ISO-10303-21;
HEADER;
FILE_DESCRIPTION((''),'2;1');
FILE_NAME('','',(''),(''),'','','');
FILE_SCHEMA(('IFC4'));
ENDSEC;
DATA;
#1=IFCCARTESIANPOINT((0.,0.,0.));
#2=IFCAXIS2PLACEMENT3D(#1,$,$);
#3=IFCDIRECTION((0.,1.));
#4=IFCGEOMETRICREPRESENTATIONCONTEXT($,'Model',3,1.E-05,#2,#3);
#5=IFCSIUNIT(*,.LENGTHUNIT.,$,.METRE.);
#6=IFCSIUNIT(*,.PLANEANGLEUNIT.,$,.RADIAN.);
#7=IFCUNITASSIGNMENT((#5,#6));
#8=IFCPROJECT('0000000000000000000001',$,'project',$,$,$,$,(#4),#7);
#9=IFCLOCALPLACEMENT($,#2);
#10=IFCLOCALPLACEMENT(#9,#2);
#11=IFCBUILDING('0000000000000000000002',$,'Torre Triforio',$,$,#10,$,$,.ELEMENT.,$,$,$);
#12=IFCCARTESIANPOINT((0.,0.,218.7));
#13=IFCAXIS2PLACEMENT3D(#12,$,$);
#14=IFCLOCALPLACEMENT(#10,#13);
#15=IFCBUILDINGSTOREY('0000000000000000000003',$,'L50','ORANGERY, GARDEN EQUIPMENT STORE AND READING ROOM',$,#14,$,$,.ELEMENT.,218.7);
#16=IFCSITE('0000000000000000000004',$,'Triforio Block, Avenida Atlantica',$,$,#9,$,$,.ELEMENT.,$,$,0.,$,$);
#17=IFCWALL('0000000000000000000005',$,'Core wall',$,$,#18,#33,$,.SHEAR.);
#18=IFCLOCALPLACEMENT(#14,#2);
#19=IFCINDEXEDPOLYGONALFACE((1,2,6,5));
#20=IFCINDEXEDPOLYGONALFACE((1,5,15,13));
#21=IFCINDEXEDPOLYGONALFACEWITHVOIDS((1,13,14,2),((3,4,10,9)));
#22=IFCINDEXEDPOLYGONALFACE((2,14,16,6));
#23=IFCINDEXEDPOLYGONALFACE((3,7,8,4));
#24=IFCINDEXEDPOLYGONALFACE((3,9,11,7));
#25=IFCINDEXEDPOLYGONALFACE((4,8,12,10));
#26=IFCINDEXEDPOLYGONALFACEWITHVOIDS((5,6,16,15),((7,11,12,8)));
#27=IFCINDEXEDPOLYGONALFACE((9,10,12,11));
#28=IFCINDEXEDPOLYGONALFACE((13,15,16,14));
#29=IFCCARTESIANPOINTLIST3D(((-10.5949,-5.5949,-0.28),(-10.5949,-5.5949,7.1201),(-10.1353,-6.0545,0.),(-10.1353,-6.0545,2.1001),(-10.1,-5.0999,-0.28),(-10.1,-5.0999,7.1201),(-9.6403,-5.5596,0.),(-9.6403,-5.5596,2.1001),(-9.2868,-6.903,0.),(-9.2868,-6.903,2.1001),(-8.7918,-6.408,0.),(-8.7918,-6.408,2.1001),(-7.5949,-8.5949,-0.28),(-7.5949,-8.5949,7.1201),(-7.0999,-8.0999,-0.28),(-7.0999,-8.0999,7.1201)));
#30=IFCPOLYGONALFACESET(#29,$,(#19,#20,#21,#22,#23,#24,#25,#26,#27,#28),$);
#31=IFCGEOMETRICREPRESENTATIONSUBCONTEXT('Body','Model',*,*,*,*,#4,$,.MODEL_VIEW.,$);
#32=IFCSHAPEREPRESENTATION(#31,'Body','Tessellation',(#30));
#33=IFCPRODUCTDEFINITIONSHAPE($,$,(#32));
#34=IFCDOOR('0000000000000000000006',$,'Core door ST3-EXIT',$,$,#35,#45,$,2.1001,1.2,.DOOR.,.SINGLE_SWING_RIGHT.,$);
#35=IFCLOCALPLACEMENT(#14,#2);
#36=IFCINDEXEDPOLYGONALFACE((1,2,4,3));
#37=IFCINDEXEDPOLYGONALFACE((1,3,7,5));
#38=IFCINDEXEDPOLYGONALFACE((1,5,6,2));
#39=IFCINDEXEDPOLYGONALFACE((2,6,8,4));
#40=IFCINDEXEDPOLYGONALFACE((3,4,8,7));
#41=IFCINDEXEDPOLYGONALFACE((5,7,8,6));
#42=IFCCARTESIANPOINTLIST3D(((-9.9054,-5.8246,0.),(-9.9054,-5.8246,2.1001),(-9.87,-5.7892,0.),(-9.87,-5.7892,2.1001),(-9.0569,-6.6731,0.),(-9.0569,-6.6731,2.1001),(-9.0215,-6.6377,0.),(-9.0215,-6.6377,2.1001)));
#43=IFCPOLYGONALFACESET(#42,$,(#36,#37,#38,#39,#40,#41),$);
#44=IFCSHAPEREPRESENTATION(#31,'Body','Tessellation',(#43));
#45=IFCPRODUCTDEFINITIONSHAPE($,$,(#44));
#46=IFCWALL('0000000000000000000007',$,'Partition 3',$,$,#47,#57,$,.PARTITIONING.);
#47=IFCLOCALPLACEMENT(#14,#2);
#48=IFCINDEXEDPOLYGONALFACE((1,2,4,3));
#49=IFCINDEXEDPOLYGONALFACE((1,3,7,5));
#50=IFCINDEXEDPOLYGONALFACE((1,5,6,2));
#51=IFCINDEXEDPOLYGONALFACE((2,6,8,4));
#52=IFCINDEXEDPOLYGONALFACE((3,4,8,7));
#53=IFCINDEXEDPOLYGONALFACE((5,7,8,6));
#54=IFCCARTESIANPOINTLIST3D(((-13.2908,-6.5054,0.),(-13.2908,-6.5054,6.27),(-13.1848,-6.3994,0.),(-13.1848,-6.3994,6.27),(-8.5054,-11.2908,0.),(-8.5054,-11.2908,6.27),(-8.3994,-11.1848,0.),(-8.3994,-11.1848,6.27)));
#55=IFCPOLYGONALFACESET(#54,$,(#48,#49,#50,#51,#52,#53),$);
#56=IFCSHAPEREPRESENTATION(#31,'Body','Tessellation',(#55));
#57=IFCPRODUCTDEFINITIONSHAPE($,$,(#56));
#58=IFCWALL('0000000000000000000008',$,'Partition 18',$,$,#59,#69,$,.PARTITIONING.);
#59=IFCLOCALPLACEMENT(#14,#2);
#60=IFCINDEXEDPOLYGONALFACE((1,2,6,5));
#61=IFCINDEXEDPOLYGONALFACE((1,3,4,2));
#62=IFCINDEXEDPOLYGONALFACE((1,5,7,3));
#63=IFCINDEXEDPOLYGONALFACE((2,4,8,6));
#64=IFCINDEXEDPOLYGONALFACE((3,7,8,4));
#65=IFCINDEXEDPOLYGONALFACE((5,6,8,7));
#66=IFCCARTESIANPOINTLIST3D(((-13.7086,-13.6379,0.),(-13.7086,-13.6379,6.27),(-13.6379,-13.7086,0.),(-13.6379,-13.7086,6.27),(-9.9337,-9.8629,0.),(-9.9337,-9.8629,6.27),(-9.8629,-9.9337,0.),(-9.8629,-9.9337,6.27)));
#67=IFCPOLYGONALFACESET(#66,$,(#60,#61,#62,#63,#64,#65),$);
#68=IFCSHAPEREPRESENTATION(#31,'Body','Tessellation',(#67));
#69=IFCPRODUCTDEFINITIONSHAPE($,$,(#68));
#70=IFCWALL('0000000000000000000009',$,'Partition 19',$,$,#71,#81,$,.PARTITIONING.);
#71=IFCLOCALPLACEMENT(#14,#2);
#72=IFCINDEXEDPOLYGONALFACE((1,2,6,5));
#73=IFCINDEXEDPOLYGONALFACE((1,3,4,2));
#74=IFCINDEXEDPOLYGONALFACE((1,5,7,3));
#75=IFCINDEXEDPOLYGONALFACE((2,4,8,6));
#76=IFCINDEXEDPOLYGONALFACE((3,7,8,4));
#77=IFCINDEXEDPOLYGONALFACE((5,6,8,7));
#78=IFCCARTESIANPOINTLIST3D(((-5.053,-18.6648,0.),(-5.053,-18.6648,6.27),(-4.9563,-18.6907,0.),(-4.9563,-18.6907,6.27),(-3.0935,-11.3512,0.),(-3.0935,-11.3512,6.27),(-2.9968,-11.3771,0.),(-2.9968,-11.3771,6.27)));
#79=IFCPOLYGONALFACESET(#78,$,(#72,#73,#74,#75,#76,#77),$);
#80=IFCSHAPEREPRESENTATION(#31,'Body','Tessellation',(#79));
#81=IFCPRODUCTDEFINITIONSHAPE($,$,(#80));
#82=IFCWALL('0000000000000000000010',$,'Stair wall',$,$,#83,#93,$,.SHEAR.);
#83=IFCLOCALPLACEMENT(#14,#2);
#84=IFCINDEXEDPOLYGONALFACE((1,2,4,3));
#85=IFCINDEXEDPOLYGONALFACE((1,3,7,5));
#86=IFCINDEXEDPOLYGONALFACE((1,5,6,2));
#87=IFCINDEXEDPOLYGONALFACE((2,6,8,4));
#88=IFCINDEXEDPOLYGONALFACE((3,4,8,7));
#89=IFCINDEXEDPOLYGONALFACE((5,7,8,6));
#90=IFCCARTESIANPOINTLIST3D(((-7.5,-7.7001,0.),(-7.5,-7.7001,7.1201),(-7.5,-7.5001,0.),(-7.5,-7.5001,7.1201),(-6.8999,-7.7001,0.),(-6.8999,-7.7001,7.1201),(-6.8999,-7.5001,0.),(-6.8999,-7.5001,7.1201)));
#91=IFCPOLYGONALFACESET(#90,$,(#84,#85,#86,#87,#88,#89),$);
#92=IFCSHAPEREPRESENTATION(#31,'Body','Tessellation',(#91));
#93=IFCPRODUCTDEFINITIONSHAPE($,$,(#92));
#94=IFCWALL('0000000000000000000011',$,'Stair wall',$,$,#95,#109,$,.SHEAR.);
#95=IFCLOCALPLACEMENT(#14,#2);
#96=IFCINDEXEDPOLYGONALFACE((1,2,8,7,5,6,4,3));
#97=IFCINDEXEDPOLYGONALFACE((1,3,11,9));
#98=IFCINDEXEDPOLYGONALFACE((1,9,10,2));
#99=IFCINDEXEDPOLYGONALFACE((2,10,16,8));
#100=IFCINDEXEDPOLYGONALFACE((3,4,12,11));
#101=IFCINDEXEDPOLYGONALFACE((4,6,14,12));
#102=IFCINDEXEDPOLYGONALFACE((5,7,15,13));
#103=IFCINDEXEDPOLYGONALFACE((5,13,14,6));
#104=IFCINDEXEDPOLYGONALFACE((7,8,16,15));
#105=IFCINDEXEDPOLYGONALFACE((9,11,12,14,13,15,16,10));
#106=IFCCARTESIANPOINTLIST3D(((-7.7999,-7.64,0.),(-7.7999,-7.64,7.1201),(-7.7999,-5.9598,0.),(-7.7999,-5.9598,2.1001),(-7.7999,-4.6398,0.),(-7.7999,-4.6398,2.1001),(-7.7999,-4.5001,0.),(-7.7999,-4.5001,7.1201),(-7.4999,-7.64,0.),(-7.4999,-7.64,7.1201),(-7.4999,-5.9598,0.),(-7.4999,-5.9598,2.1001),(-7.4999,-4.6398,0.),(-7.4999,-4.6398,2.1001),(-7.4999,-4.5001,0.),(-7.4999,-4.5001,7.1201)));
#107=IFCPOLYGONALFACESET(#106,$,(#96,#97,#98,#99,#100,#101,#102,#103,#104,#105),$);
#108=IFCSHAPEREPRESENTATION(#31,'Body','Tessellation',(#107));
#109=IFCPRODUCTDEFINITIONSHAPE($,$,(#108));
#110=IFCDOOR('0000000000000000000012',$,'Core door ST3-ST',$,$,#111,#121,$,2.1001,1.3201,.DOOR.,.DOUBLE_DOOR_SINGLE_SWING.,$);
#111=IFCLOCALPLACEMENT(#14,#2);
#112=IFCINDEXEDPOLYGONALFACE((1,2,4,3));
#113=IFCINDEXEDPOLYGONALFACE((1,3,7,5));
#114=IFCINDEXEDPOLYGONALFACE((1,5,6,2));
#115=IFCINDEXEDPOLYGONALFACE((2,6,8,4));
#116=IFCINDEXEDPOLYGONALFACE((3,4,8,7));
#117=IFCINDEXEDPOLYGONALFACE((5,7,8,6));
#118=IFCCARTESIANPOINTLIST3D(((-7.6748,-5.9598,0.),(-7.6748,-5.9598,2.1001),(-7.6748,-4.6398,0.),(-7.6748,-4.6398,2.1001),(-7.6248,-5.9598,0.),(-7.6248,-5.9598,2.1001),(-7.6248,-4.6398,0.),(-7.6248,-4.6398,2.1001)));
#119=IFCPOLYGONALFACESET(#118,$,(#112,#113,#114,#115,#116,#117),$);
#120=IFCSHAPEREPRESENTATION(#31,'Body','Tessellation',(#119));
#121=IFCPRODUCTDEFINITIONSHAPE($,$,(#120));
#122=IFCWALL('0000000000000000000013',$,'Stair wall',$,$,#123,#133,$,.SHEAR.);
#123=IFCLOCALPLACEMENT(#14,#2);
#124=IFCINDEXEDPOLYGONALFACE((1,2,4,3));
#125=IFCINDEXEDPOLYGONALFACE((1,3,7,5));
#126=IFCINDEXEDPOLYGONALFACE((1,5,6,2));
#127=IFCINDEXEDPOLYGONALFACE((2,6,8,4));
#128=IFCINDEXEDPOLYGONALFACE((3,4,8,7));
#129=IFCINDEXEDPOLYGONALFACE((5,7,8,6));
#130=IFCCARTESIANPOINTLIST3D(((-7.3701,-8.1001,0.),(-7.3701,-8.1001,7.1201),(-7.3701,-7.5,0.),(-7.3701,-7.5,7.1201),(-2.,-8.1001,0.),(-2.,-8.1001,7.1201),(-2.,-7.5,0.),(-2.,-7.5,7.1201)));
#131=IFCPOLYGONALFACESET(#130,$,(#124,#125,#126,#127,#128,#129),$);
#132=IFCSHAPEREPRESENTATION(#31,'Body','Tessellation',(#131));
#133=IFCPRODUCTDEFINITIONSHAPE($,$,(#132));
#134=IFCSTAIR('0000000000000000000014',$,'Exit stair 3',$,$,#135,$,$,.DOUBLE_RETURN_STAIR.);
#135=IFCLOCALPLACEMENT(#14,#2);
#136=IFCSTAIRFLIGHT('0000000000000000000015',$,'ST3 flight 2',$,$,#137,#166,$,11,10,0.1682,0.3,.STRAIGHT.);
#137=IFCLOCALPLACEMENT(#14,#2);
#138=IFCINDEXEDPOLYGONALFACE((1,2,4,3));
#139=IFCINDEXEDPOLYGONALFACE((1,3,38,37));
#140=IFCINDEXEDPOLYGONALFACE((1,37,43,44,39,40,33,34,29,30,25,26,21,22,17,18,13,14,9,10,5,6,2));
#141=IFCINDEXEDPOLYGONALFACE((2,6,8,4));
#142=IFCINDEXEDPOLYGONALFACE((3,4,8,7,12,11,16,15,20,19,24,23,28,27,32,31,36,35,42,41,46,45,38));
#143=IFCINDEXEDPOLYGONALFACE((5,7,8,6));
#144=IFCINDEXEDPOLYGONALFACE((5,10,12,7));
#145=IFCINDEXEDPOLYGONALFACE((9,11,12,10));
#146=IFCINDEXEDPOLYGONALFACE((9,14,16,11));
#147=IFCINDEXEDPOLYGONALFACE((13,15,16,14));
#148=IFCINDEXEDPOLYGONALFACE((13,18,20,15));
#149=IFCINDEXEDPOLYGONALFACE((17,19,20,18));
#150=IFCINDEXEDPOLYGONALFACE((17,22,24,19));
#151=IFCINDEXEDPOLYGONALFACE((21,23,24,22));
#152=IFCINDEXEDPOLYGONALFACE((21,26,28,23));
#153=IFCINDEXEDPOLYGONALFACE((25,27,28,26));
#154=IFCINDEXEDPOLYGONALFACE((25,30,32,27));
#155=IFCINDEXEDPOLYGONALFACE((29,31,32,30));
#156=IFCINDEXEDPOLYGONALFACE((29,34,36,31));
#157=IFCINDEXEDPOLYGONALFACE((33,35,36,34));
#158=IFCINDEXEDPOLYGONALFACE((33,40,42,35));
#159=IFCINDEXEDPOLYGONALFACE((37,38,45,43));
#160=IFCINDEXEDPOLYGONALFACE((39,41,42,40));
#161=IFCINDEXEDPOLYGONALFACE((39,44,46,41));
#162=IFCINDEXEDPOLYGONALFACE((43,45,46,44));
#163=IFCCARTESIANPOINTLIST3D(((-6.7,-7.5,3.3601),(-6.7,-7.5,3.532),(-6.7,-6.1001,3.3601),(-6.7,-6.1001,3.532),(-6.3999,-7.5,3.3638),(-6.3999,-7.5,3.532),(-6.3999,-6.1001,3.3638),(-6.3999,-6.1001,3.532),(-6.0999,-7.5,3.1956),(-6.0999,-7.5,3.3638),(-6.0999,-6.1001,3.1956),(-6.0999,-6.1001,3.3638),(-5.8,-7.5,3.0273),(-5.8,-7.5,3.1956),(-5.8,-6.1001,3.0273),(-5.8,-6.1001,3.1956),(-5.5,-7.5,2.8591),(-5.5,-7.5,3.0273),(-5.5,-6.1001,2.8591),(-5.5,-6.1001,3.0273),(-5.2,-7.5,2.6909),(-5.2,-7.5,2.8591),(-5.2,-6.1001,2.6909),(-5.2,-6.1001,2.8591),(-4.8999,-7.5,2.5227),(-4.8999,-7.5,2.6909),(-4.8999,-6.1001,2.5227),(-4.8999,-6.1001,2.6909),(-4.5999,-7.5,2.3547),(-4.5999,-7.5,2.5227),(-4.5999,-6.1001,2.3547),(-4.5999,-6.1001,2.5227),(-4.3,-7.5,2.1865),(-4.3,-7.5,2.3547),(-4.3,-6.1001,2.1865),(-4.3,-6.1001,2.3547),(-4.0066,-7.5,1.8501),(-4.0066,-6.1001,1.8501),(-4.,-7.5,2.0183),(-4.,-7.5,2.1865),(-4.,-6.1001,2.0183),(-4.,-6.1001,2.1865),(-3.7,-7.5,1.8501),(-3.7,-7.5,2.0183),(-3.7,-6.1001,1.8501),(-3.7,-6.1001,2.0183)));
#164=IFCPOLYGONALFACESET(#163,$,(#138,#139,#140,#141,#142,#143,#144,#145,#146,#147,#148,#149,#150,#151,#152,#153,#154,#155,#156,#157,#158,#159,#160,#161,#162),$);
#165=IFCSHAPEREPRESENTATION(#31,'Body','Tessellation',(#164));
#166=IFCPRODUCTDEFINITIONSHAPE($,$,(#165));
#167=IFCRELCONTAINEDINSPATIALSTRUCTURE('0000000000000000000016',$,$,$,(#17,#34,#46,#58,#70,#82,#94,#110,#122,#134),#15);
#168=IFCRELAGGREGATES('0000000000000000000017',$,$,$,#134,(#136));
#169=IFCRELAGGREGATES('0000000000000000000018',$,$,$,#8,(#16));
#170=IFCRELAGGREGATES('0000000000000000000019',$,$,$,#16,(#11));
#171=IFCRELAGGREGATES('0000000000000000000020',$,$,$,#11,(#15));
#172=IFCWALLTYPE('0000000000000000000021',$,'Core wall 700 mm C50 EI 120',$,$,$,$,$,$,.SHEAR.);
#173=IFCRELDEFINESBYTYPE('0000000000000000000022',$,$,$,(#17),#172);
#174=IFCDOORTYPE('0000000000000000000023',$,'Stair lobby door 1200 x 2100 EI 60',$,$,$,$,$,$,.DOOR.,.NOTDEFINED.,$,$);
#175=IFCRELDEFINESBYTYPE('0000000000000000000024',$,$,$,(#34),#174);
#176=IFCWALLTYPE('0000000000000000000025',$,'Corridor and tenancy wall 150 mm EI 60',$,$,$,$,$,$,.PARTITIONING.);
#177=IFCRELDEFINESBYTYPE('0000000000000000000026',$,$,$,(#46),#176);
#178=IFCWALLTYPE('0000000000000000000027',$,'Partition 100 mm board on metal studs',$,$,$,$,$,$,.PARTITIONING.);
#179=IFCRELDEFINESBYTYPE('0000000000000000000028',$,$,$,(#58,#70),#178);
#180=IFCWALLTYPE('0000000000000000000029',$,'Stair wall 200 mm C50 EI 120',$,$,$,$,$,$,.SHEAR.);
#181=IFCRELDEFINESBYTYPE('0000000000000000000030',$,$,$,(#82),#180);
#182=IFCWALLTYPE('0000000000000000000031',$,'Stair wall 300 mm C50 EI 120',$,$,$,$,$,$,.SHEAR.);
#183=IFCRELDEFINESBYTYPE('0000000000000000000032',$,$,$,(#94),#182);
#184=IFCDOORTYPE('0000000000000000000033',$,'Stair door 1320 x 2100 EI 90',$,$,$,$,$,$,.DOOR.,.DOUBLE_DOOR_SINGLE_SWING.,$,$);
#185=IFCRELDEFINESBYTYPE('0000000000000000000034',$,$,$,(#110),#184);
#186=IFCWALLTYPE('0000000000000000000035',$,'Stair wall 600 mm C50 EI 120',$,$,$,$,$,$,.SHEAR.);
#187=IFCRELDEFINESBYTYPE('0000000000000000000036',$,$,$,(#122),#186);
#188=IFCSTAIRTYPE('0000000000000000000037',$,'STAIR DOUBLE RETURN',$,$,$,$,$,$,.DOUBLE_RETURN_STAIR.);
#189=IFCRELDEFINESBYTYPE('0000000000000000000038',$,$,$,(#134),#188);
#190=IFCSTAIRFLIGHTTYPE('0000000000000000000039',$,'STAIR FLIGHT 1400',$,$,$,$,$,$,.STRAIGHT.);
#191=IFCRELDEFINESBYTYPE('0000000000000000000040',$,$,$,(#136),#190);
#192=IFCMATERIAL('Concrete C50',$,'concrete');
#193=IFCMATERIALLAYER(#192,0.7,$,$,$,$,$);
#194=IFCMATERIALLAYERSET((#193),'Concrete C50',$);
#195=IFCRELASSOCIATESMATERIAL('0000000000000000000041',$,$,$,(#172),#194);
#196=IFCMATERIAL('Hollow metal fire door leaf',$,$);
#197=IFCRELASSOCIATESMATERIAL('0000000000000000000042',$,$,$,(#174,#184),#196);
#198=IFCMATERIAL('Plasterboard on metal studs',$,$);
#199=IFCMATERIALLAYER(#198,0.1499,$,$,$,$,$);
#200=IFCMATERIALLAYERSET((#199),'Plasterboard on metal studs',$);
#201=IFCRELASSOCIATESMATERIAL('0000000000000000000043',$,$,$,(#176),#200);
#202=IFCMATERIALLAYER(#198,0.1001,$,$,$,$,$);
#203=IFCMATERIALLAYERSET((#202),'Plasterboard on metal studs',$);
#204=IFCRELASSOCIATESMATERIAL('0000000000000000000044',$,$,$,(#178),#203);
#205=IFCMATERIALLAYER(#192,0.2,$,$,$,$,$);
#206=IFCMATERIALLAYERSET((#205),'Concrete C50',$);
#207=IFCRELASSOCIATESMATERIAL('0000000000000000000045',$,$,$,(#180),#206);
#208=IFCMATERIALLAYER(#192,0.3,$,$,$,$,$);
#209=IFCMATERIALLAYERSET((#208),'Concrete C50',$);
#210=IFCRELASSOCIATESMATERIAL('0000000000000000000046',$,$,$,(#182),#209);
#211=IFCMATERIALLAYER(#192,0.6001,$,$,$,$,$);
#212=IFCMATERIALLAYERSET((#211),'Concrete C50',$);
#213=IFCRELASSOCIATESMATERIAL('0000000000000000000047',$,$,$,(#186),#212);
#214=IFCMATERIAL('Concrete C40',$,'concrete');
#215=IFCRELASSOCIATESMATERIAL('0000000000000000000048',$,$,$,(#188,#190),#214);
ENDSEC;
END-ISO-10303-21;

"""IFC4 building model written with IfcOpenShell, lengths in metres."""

from ifc_helpers import new_model, si_unit, direction, frame, frame_2d, origin, place, context, subcontext, project, spatial, polyline, rectangle, outline, extrude, material, layer, layer_set, type_object, element, fill, aggregate, save


model = new_model("IFC4")

# Units and contexts
model_context = context("Model", 3, precision=1e-05, world=origin(), true_north=direction((0.0, 1.0)))
body_context = subcontext(model_context, "Body", "Model", "MODEL_VIEW")
ifc_project = project(units=[si_unit("LENGTHUNIT", "METRE"), si_unit("PLANEANGLEUNIT", "RADIAN")], contexts=[model_context])

# Site, building, storey
site_placement = place(None, origin())
site = spatial("IfcSite", under=ifc_project, at=site_placement, Name="Triforio Block, Avenida Atlantica", CompositionType="ELEMENT", RefElevation=0.0)
building_placement = place(site_placement, origin())
building = spatial("IfcBuilding", under=site, at=building_placement, Name="Torre Triforio", CompositionType="ELEMENT")
storey_placement = place(building_placement, frame((0.0, 0.0, 218.7)))
storey = spatial("IfcBuildingStorey", under=building, at=storey_placement, Name="L50", Description="ORANGERY, GARDEN EQUIPMENT STORE AND READING ROOM", CompositionType="ELEMENT", Elevation=218.7)

# Shared definitions
ifc_material_1 = material(Name="Concrete C40", Category="concrete")

# Shared definitions
ifc_material_2 = material(Name="Concrete C50", Category="concrete")

# Shared definitions
ifc_layer_1 = layer(ifc_material_2, 0.7)
ifc_layer_set_1 = layer_set([ifc_layer_1], Name="Concrete C50")
wall_type_1 = type_object("IfcWallType", Name="Core wall 700 mm C50 EI 120", PredefinedType="SHEAR", material=ifc_layer_set_1)
ifc_material_3 = material(Name="Hollow metal fire door leaf")

# Wall, opening, door
wall_1_placement = place(storey_placement, frame((-7.3474, -8.3474, -0.28), z_axis=(0.0, 0.0, 1.0), x_axis=(-0.707107, 0.707107, 0.0)))
wall_1 = element("IfcWall", 1, at=wall_1_placement, inside=storey, type_object=wall_type_1, Name="Core wall", PredefinedType="SHEAR", context=body_context, shape_type="SweptSolid", body=[
    extrude(rectangle(XDim=4.2427, YDim=0.7, at=frame_2d((2.1213, 0.0))), origin(), (0.0, 0.0, 1.0), 7.4001),
])
opening_1_placement = place(wall_1_placement, frame((2.3926, 0.0, 0.28)))
opening_1 = element("IfcOpeningElement", 2, at=opening_1_placement, cuts=wall_1, PredefinedType="OPENING", context=body_context, shape_type="SweptSolid", body=[
    extrude(rectangle(XDim=1.2, YDim=2.1001, at=frame_2d((0.6001, 1.05))), frame((0.0, 0.3599, 0.0), z_axis=(0.0, -1.0, 0.0), x_axis=(1.0, 0.0, 0.0)), (0.0, 0.0, 1.0), 0.72),
])
door_type_1 = type_object("IfcDoorType", Name="Stair lobby door 1200 x 2100 EI 60", OperationType="NOTDEFINED", PredefinedType="DOOR", material=ifc_material_3)
door_1_placement = place(opening_1_placement, origin())
door_1 = element("IfcDoor", 3, at=door_1_placement, inside=storey, type_object=door_type_1, Name="Core door ST3-EXIT", OperationType="SINGLE_SWING_RIGHT", OverallHeight=2.1001, OverallWidth=1.2, PredefinedType="DOOR", context=body_context, shape_type="SweptSolid", body=[
    extrude(rectangle(XDim=1.2, YDim=2.1001, at=frame_2d((0.6001, 1.05))), frame((0.0, 0.0249, 0.0), z_axis=(0.0, -1.0, 0.0), x_axis=(1.0, 0.0, 0.0)), (0.0, 0.0, 1.0), 0.05),
])
fill(opening_1, door_1)

# Walls
ifc_material_4 = material(Name="Plasterboard on metal studs")
ifc_layer_2 = layer(ifc_material_4, 0.1499)
ifc_layer_set_2 = layer_set([ifc_layer_2], Name="Plasterboard on metal studs")
wall_type_2 = type_object("IfcWallType", Name="Corridor and tenancy wall 150 mm EI 60", PredefinedType="PARTITIONING", material=ifc_layer_set_2)
wall_2_placement = place(storey_placement, frame((-8.4524, -11.2378, 0.0), z_axis=(0.0, 0.0, 1.0), x_axis=(-0.707107, 0.707107, 0.0)))
element("IfcWall", 4, at=wall_2_placement, inside=storey, type_object=wall_type_2, Name="Partition 3", PredefinedType="PARTITIONING", context=body_context, shape_type="SweptSolid", body=[
    extrude(rectangle(XDim=6.7676, YDim=0.1499, at=frame_2d((3.3838, 0.0))), origin(), (0.0, 0.0, 1.0), 6.27),
])
ifc_layer_3 = layer(ifc_material_4, 0.1001)
ifc_layer_set_3 = layer_set([ifc_layer_3], Name="Plasterboard on metal studs")
wall_type_3 = type_object("IfcWallType", Name="Partition 100 mm board on metal studs", PredefinedType="PARTITIONING", material=ifc_layer_set_3)
wall_3_placement = place(storey_placement, frame((-9.8982, -9.8982, 0.0), z_axis=(0.0, 0.0, 1.0), x_axis=(-0.707107, -0.707107, 0.0)))
element("IfcWall", 5, at=wall_3_placement, inside=storey, type_object=wall_type_3, Name="Partition 18", PredefinedType="PARTITIONING", context=body_context, shape_type="SweptSolid", body=[
    extrude(rectangle(XDim=5.3386, YDim=0.1001, at=frame_2d((2.6694, 0.0))), origin(), (0.0, 0.0, 1.0), 6.27),
])
wall_4_placement = place(storey_placement, frame((-3.0452, -11.3643, 0.0), z_axis=(0.0, 0.0, 1.0), x_axis=(-0.258798, -0.965931, 0.0)))
element("IfcWall", 6, at=wall_4_placement, inside=storey, type_object=wall_type_3, Name="Partition 19", PredefinedType="PARTITIONING", context=body_context, shape_type="SweptSolid", body=[
    extrude(rectangle(XDim=7.5715, YDim=0.1001, at=frame_2d((3.7856, 0.0))), origin(), (0.0, 0.0, 1.0), 6.27),
])
ifc_layer_4 = layer(ifc_material_2, 0.2)
ifc_layer_set_4 = layer_set([ifc_layer_4], Name="Concrete C50")
wall_type_4 = type_object("IfcWallType", Name="Stair wall 200 mm C50 EI 120", PredefinedType="SHEAR", material=ifc_layer_set_4)
wall_5_placement = place(storey_placement, frame((-7.5, -7.6001, 0.0), z_axis=(0.0, 0.0, 1.0), x_axis=(1.0, 0.0, 0.0)))
element("IfcWall", 7, at=wall_5_placement, inside=storey, type_object=wall_type_4, Name="Stair wall", PredefinedType="SHEAR", context=body_context, shape_type="SweptSolid", body=[
    extrude(rectangle(XDim=0.6001, YDim=0.2, at=frame_2d((0.3, 0.0))), origin(), (0.0, 0.0, 1.0), 7.1201),
])

# Wall, opening, door
ifc_layer_5 = layer(ifc_material_2, 0.3)
ifc_layer_set_5 = layer_set([ifc_layer_5], Name="Concrete C50")
wall_type_5 = type_object("IfcWallType", Name="Stair wall 300 mm C50 EI 120", PredefinedType="SHEAR", material=ifc_layer_set_5)
wall_6_placement = place(storey_placement, frame((-7.6499, -7.6399, 0.0), z_axis=(0.0, 0.0, 1.0), x_axis=(0.0, 1.0, 0.0)))
wall_6 = element("IfcWall", 8, at=wall_6_placement, inside=storey, type_object=wall_type_5, Name="Stair wall", PredefinedType="SHEAR", context=body_context, shape_type="SweptSolid", body=[
    extrude(rectangle(XDim=3.1399, YDim=0.3, at=frame_2d((1.5698, 0.0))), origin(), (0.0, 0.0, 1.0), 7.1201),
])
opening_2_placement = place(wall_6_placement, frame((1.6799, 0.0, 0.0)))
opening_2 = element("IfcOpeningElement", 9, at=opening_2_placement, cuts=wall_6, PredefinedType="OPENING", context=body_context, shape_type="SweptSolid", body=[
    extrude(rectangle(XDim=1.3201, YDim=2.1001, at=frame_2d((0.6602, 1.05))), frame((0.0, 0.1599, 0.0), z_axis=(0.0, -1.0, 0.0), x_axis=(1.0, 0.0, 0.0)), (0.0, 0.0, 1.0), 0.3201),
])
door_type_2 = type_object("IfcDoorType", Name="Stair door 1320 x 2100 EI 90", OperationType="DOUBLE_DOOR_SINGLE_SWING", PredefinedType="DOOR", material=ifc_material_3)
door_2_placement = place(opening_2_placement, origin())
door_2 = element("IfcDoor", 10, at=door_2_placement, inside=storey, type_object=door_type_2, Name="Core door ST3-ST", OperationType="DOUBLE_DOOR_SINGLE_SWING", OverallHeight=2.1001, OverallWidth=1.3201, PredefinedType="DOOR", context=body_context, shape_type="SweptSolid", body=[
    extrude(rectangle(XDim=1.3201, YDim=2.1001, at=frame_2d((0.6602, 1.05))), frame((0.0, 0.0249, 0.0), z_axis=(0.0, -1.0, 0.0), x_axis=(1.0, 0.0, 0.0)), (0.0, 0.0, 1.0), 0.05),
])
fill(opening_2, door_2)

# Wall
ifc_layer_6 = layer(ifc_material_2, 0.6001)
ifc_layer_set_6 = layer_set([ifc_layer_6], Name="Concrete C50")
wall_type_6 = type_object("IfcWallType", Name="Stair wall 600 mm C50 EI 120", PredefinedType="SHEAR", material=ifc_layer_set_6)
wall_7_placement = place(storey_placement, frame((-7.3701, -7.8, 0.0), z_axis=(0.0, 0.0, 1.0), x_axis=(1.0, 0.0, 0.0)))
element("IfcWall", 11, at=wall_7_placement, inside=storey, type_object=wall_type_6, Name="Stair wall", PredefinedType="SHEAR", context=body_context, shape_type="SweptSolid", body=[
    extrude(rectangle(XDim=5.3701, YDim=0.6001, at=frame_2d((2.6851, 0.0))), origin(), (0.0, 0.0, 1.0), 7.1201),
])

# Stair, stair flight
stair_type = type_object("IfcStairType", Name="STAIR DOUBLE RETURN", PredefinedType="DOUBLE_RETURN_STAIR", material=ifc_material_1)
stair_placement = place(storey_placement, origin())
stair = element("IfcStair", 12, at=stair_placement, inside=storey, type_object=stair_type, Name="Exit stair 3", PredefinedType="DOUBLE_RETURN_STAIR")
stair_flight_type = type_object("IfcStairFlightType", Name="STAIR FLIGHT 1400", PredefinedType="STRAIGHT", material=ifc_material_1)
stair_flight_1_placement = place(storey_placement, frame((-3.7, -6.8, 1.8501), z_axis=(0.0, 0.0, 1.0), x_axis=(-1.0, 0.0, 0.0)))
stair_flight_1 = element("IfcStairFlight", 13, at=stair_flight_1_placement, type_object=stair_flight_type, Name="ST3 flight 2", NumberOfRisers=11, NumberOfTreads=10, PredefinedType="STRAIGHT", RiserHeight=0.1682, TreadLength=0.3, context=body_context, shape_type="SweptSolid", body=[
    extrude(outline(polyline([(0.0, 0.0), (0.0, 0.1682), (0.3, 0.1682), (0.3, 0.3364), (0.6001, 0.3364), (0.6001, 0.5046), (0.8999, 0.5046), (0.8999, 0.6726), (1.2, 0.6726), (1.2, 0.8408), (1.5, 0.8408), (1.5, 1.009), (1.8, 1.009), (1.8, 1.1772), (2.1001, 1.1772), (2.1001, 1.3455), (2.3999, 1.3455), (2.3999, 1.5137), (2.7, 1.5137), (2.7, 1.6819), (3.0, 1.6819), (3.0, 1.8501), (3.0, 1.51), (0.3066, 0.0), (0.0, 0.0)])), frame((0.0, 0.7, 0.0), z_axis=(0.0, -1.0, 0.0), x_axis=(1.0, 0.0, 0.0)), (0.0, 0.0, 1.0), 1.3999),
])
aggregate(stair, [stair_flight_1])

save(model, "model.ifc")
